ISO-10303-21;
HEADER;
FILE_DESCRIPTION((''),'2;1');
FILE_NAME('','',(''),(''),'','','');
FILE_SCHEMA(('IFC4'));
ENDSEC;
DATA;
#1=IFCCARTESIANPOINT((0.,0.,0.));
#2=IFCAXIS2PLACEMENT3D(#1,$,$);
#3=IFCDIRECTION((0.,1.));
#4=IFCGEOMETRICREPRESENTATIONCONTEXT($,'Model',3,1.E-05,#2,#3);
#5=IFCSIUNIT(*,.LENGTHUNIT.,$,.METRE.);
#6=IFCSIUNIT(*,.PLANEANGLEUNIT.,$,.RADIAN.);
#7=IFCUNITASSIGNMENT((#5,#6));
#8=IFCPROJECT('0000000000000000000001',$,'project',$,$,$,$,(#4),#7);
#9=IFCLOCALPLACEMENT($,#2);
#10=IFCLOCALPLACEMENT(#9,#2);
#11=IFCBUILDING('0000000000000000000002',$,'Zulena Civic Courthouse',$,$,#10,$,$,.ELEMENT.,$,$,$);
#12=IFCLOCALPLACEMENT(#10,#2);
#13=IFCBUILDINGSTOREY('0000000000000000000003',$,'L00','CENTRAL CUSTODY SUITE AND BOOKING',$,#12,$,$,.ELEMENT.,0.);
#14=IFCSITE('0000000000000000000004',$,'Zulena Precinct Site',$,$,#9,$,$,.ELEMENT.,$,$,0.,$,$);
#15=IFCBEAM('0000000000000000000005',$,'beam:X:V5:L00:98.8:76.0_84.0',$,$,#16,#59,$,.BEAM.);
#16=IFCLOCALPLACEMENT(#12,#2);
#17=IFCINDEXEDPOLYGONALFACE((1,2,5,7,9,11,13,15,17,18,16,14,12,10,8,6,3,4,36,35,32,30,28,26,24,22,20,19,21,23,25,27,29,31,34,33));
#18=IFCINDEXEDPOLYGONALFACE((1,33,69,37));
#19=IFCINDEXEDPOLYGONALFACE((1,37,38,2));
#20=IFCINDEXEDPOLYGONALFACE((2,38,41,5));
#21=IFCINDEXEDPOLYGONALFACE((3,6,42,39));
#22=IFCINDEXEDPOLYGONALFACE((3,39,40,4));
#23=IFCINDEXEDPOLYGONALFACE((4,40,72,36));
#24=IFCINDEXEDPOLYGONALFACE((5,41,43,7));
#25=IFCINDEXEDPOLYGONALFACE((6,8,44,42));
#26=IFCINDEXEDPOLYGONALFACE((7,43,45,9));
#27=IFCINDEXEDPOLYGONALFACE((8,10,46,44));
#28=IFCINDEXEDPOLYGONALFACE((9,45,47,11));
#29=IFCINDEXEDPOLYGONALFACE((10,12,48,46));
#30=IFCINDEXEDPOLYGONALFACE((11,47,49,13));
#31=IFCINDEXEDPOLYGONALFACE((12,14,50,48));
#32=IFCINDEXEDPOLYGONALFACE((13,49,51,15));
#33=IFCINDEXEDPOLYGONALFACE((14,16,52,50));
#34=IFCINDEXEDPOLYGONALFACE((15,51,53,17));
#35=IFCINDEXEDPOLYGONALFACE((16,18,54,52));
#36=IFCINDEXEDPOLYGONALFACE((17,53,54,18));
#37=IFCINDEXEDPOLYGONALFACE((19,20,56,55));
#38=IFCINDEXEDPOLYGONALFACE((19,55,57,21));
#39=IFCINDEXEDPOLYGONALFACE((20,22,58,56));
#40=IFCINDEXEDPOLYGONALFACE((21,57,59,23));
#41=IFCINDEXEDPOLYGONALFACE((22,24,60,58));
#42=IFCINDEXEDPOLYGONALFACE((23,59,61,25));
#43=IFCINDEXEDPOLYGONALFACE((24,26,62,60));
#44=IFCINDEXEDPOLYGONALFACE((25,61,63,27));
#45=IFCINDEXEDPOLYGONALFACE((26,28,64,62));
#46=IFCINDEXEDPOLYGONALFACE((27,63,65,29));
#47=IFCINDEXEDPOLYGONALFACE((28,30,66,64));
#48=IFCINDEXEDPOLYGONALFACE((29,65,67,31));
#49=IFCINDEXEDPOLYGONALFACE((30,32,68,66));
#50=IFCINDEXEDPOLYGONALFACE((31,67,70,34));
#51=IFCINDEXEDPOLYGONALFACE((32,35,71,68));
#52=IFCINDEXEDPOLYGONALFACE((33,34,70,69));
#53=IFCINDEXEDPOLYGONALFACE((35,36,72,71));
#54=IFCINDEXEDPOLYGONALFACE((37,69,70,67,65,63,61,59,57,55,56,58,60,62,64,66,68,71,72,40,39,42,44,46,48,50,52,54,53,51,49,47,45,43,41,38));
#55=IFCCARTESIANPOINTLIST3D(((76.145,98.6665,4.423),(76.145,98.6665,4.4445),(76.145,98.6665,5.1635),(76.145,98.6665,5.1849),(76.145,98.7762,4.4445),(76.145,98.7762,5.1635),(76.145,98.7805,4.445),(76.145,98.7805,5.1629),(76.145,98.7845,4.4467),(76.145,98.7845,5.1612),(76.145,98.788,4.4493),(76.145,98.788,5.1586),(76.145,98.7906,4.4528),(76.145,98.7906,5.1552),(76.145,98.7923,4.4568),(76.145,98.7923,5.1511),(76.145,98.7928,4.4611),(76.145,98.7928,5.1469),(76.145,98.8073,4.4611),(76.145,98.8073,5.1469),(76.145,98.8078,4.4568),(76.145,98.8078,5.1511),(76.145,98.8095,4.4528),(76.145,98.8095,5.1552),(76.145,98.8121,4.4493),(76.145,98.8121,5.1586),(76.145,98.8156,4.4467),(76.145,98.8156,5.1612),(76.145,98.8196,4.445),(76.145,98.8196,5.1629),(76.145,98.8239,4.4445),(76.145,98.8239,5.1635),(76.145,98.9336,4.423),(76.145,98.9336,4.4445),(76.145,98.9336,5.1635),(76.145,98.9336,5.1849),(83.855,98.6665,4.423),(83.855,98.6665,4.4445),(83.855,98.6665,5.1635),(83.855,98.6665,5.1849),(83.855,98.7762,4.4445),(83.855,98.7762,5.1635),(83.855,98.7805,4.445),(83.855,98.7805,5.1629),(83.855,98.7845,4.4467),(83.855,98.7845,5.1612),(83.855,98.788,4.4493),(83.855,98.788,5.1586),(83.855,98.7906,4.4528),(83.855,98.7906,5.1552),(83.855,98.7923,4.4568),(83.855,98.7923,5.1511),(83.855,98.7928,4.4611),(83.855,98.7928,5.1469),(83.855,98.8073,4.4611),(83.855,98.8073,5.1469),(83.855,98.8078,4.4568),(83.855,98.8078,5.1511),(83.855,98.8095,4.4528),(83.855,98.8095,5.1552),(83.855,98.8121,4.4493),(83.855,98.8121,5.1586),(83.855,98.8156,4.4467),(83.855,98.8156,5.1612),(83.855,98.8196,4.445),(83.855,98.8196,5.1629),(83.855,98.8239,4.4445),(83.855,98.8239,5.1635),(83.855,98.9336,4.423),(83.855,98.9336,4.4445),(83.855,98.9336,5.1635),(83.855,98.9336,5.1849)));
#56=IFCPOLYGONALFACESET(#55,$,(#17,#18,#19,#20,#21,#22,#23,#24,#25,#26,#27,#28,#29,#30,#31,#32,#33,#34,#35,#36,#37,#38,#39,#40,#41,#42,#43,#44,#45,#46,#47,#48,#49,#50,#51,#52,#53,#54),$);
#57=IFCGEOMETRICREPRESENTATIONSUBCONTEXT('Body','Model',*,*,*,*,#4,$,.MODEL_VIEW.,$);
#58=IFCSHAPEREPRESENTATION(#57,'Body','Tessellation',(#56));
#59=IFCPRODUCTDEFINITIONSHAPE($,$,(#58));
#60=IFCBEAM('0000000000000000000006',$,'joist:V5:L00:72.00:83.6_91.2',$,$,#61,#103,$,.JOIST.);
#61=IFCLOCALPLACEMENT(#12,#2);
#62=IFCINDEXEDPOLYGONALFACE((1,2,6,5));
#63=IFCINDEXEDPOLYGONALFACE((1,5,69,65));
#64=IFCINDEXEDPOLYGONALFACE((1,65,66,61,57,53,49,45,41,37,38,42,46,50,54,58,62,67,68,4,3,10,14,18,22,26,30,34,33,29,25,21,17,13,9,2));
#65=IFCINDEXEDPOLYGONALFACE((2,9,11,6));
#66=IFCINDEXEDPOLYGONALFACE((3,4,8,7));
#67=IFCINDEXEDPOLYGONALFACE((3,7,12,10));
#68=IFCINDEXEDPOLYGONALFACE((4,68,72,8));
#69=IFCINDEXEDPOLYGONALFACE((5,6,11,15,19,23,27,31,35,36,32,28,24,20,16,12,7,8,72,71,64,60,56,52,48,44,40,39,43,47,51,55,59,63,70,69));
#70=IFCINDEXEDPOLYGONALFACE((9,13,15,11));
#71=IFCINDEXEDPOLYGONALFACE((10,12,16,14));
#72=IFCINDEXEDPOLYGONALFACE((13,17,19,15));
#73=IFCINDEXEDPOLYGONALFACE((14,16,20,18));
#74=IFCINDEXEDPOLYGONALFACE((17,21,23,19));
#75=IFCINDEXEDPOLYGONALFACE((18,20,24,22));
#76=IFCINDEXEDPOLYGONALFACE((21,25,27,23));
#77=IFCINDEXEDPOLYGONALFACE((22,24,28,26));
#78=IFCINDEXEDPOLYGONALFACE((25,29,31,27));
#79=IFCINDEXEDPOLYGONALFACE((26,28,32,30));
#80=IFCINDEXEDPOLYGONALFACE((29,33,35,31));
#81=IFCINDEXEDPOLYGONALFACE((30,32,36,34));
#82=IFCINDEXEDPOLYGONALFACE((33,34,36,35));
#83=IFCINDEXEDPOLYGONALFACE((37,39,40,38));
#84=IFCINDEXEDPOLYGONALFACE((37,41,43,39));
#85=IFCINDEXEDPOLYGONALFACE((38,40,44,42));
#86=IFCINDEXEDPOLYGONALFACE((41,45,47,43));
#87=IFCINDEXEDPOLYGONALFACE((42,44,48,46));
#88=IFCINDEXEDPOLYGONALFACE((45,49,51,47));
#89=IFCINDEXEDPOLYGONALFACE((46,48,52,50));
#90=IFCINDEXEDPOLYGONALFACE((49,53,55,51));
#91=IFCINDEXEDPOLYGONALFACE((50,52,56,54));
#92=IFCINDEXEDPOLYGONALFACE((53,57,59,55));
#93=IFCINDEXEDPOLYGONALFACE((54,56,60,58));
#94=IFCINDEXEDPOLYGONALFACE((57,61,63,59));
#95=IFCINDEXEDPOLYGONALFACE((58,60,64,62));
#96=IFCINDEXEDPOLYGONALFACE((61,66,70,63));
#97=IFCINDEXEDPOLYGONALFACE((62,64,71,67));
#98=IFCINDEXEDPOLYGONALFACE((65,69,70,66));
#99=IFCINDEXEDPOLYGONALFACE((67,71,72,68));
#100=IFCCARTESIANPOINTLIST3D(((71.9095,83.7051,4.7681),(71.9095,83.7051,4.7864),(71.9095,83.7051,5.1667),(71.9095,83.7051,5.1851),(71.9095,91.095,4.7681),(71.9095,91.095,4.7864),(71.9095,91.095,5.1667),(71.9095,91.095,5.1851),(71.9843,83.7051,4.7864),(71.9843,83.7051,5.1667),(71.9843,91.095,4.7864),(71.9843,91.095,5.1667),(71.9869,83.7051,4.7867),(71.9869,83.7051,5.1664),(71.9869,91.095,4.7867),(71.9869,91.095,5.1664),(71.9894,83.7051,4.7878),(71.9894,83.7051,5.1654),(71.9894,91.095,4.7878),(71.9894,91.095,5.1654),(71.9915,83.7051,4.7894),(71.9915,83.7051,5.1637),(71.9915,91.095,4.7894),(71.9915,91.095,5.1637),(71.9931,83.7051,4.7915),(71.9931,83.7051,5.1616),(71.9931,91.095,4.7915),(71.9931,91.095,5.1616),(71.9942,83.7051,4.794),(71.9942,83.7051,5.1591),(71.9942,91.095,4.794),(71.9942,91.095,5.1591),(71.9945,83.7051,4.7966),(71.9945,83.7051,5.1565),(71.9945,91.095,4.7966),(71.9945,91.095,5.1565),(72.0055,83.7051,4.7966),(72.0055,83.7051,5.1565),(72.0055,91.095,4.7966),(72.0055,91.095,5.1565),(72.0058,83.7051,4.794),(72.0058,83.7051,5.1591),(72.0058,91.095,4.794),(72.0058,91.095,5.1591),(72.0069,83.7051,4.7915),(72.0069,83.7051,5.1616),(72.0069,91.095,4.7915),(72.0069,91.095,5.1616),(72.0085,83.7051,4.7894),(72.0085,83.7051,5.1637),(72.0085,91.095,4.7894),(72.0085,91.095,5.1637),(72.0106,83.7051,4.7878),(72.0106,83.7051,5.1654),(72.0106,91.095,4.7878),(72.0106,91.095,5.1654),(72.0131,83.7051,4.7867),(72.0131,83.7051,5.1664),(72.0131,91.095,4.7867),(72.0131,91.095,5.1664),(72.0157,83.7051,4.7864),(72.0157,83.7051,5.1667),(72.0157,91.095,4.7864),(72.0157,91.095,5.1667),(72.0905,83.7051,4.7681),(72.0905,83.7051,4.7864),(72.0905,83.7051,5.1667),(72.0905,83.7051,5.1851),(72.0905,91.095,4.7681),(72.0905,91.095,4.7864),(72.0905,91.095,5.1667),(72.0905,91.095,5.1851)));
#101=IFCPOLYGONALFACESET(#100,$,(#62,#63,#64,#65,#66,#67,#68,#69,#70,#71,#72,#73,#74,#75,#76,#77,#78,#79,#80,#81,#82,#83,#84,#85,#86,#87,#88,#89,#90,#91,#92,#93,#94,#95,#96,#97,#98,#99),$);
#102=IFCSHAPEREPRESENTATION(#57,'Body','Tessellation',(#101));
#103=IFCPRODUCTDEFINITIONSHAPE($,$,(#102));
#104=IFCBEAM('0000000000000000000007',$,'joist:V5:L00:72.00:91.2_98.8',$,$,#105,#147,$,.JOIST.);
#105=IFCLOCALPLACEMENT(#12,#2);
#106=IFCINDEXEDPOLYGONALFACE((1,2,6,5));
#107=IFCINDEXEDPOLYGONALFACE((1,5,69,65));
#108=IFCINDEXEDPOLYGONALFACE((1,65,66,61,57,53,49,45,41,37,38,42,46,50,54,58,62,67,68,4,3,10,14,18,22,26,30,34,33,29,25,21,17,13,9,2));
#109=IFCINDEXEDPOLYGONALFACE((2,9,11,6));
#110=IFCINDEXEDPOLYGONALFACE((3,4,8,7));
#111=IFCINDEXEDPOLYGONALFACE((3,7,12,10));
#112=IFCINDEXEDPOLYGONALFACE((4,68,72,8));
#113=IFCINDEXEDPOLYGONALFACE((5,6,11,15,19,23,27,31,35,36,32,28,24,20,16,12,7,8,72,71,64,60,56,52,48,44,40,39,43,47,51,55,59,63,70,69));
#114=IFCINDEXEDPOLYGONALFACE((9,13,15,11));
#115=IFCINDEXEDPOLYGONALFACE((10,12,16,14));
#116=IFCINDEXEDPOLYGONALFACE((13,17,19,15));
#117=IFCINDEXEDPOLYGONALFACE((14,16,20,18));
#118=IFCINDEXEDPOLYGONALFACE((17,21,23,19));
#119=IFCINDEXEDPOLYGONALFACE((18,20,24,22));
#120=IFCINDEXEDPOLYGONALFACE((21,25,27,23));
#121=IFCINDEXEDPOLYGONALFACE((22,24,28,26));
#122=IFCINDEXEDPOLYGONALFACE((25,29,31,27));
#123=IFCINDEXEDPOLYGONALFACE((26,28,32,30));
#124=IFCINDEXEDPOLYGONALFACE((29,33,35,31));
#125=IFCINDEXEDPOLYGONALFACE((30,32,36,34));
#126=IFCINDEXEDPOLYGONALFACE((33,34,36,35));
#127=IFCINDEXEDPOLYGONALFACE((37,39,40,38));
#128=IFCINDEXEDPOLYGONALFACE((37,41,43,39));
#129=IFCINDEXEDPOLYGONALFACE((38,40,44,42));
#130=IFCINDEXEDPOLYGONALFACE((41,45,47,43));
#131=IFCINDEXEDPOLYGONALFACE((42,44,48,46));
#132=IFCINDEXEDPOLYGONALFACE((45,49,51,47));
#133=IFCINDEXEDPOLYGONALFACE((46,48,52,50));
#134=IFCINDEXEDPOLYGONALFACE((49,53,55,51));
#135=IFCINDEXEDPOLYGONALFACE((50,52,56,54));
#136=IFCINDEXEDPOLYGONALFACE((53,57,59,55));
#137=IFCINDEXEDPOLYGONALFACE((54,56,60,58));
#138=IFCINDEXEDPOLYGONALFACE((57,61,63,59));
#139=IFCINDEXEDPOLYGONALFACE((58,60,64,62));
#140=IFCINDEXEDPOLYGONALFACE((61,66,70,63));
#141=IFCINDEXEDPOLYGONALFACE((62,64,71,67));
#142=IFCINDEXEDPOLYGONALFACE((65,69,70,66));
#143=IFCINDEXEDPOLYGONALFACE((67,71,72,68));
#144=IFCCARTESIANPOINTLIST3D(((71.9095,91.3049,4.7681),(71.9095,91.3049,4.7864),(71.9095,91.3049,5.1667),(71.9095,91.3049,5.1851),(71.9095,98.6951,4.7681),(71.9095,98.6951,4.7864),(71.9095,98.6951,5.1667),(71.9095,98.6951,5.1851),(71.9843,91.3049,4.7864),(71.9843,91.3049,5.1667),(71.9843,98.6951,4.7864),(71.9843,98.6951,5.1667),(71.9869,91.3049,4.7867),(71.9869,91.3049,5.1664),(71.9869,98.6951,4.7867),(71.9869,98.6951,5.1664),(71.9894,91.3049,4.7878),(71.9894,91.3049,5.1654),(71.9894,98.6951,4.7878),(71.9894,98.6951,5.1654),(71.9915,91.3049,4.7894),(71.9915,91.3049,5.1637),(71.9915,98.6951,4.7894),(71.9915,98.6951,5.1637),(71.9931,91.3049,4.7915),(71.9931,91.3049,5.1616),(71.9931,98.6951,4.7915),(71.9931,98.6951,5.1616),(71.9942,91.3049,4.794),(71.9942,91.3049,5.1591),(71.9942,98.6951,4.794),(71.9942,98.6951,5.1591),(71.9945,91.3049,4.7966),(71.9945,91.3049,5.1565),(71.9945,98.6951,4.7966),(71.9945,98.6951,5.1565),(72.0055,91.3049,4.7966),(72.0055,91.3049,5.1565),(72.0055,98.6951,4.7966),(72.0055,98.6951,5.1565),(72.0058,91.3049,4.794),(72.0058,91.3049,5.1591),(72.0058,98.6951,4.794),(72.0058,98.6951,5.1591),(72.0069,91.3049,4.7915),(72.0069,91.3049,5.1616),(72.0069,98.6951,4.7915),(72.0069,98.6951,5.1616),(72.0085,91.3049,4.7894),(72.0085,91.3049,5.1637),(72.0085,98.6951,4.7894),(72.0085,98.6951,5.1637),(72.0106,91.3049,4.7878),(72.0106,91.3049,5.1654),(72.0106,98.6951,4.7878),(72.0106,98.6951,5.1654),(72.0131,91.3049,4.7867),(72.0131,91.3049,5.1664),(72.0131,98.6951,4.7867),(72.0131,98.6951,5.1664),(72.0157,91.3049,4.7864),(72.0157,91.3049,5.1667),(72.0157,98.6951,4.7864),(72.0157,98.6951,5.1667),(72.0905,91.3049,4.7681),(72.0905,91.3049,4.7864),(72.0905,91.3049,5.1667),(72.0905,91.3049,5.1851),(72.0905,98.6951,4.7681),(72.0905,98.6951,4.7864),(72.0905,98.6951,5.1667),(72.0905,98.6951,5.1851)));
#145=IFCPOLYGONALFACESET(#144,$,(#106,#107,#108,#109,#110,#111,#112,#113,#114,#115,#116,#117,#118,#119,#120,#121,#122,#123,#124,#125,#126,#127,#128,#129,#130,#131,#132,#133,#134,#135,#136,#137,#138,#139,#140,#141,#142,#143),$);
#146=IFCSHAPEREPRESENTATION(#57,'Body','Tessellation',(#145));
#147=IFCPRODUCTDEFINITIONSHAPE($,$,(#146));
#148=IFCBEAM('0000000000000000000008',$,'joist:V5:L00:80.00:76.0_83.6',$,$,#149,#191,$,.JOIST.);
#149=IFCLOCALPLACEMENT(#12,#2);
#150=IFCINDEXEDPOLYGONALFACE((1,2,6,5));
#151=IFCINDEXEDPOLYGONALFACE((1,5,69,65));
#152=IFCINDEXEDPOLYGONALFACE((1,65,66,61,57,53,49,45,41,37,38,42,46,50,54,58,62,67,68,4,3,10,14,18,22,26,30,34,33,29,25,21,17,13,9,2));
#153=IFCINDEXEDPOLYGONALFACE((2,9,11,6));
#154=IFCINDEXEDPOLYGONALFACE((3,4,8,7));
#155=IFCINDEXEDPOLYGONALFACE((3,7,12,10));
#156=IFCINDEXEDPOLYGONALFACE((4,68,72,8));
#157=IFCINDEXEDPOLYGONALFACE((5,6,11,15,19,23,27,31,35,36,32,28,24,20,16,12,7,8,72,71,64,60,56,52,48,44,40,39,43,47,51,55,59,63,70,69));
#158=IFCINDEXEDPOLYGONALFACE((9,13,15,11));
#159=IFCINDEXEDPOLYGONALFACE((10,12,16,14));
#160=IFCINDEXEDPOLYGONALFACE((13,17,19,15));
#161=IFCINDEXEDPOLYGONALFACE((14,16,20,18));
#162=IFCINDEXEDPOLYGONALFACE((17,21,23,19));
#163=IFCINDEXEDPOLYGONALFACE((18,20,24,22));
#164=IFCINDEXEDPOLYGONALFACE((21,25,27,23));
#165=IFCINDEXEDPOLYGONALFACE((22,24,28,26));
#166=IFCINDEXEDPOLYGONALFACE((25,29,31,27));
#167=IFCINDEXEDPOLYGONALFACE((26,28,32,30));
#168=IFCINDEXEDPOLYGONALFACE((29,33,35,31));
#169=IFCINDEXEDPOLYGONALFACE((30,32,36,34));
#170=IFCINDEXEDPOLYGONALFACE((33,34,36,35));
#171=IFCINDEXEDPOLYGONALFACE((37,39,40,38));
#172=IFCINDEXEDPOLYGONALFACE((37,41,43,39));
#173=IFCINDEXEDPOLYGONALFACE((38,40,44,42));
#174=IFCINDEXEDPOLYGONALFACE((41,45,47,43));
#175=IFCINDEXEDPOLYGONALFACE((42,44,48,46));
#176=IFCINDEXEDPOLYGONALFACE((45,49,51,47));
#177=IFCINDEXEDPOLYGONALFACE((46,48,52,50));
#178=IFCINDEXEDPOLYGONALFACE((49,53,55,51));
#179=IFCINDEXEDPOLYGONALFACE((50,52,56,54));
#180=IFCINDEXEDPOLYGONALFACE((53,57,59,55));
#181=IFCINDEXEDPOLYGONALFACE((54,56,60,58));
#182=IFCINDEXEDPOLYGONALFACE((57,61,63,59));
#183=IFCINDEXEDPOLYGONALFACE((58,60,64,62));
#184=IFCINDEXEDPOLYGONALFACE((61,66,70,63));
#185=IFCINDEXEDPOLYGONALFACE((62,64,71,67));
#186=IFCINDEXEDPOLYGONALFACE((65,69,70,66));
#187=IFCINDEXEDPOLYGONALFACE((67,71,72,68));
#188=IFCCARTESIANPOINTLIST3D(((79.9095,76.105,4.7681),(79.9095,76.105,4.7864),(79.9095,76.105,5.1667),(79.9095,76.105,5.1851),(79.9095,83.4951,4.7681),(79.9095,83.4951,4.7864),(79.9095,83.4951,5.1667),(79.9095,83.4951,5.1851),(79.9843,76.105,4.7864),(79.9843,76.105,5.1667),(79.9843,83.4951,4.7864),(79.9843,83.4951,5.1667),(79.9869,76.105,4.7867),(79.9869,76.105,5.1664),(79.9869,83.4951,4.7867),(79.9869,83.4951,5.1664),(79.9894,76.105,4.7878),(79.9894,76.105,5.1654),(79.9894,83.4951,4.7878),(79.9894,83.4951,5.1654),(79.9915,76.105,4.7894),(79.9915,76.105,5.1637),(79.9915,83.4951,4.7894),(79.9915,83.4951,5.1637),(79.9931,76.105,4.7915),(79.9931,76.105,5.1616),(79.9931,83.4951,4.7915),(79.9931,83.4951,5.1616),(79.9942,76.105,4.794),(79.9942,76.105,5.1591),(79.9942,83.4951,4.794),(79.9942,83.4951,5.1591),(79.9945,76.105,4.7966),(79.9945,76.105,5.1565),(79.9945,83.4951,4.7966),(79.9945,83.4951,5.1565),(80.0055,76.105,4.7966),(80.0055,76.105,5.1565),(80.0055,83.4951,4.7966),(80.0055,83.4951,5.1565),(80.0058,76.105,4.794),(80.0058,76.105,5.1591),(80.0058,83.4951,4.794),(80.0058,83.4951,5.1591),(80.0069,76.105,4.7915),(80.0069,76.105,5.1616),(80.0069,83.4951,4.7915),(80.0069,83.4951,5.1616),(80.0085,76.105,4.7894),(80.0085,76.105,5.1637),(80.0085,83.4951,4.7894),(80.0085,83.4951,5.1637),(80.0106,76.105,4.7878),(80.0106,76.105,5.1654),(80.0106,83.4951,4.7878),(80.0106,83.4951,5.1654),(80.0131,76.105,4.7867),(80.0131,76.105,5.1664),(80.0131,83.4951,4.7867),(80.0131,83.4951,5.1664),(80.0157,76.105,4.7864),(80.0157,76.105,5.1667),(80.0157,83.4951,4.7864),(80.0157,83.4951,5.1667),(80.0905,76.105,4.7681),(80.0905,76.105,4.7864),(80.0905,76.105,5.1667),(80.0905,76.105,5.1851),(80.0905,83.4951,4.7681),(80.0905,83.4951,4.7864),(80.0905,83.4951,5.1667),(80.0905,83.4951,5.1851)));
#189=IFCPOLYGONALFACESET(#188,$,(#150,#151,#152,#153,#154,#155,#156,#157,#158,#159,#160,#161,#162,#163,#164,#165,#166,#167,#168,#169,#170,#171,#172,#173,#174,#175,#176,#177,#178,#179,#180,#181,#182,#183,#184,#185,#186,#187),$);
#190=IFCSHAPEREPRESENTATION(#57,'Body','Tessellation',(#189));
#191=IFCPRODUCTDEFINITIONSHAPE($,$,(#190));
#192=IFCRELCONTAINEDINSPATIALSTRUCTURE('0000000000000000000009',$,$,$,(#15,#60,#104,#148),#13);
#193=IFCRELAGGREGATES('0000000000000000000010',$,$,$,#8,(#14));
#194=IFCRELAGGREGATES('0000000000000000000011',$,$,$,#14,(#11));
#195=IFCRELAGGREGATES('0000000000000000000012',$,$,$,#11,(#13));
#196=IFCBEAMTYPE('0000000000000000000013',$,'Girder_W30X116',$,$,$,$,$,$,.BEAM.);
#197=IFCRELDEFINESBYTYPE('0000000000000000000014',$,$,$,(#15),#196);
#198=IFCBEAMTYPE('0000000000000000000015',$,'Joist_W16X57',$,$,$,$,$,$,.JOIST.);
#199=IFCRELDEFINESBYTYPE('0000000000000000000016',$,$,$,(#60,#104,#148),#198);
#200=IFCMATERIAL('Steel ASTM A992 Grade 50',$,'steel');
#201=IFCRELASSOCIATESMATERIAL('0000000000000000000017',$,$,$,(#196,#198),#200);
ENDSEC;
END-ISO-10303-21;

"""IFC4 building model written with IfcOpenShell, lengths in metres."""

from ifc_helpers import new_model, si_unit, direction, frame, origin, origin_2d, place, context, subcontext, project, spatial, i_section, extrude, material, material_profile, profile_set, type_object, element, save


model = new_model("IFC4")

# Units and contexts
model_context = context("Model", 3, precision=1e-05, world=origin(), true_north=direction((0.0, 1.0)))
body_context = subcontext(model_context, "Body", "Model", "MODEL_VIEW")
ifc_project = project(units=[si_unit("LENGTHUNIT", "METRE"), si_unit("PLANEANGLEUNIT", "RADIAN")], contexts=[model_context])

# Site, building, storey
site_placement = place(None, origin())
site = spatial("IfcSite", under=ifc_project, at=site_placement, Name="Zulena Precinct Site", CompositionType="ELEMENT", RefElevation=0.0)
building_placement = place(site_placement, origin())
building = spatial("IfcBuilding", under=site, at=building_placement, Name="Zulena Civic Courthouse", CompositionType="ELEMENT")
storey_placement = place(building_placement, origin())
storey = spatial("IfcBuildingStorey", under=building, at=storey_placement, Name="L00", Description="CENTRAL CUSTODY SUITE AND BOOKING", CompositionType="ELEMENT", Elevation=0.0)

# Shared definitions
ifc_material_1 = material(Name="Steel ASTM A992 Grade 50", Category="steel")

# Beams
ifc_material_profile_1 = material_profile(ifc_material_1, i_section(OverallWidth=0.2671, OverallDepth=0.762, WebThickness=0.0144, FlangeThickness=0.0215, FilletRadius=0.0166, at=origin_2d()), Name="W30X116")
ifc_profile_set_1 = profile_set([ifc_material_profile_1], Name="Steel ASTM A992 Grade 50")
beam_type_1 = type_object("IfcBeamType", Name="Girder_W30X116", PredefinedType="BEAM", material=ifc_profile_set_1)
for number, where, z_axis, x_axis, name in (
    (1, (76.145, 98.8, 4.804), (1.0, 0.0, 0.0), (0.0, 1.0, 0.0), "beam:X:V5:L00:98.8:76.0_84.0"),
):
    element("IfcBeam", number, at=place(storey_placement, frame(where, z_axis=z_axis, x_axis=x_axis)), inside=storey, type_object=beam_type_1, Name=name, PredefinedType="BEAM", context=body_context, shape_type="SweptSolid", body=[
        extrude(i_section(OverallWidth=0.2671, OverallDepth=0.762, WebThickness=0.0144, FlangeThickness=0.0215, FilletRadius=0.0166, at=origin_2d()), origin(), (0.0, 0.0, 1.0), 7.71),
    ])
ifc_material_profile_2 = material_profile(ifc_material_1, i_section(OverallWidth=0.1809, OverallDepth=0.417, WebThickness=0.011, FlangeThickness=0.0183, FilletRadius=0.0103, at=origin_2d()), Name="W16X57")
ifc_profile_set_2 = profile_set([ifc_material_profile_2], Name="Steel ASTM A992 Grade 50")
beam_type_2 = type_object("IfcBeamType", Name="Joist_W16X57", PredefinedType="JOIST", material=ifc_profile_set_2)
beam_1_placement = place(storey_placement, frame((72.0, 83.7051, 4.9766), z_axis=(0.0, 1.0, 0.0), x_axis=(-1.0, 0.0, 0.0)))
element("IfcBeam", 2, at=beam_1_placement, inside=storey, type_object=beam_type_2, Name="joist:V5:L00:72.00:83.6_91.2", PredefinedType="JOIST", context=body_context, shape_type="SweptSolid", body=[
    extrude(i_section(OverallWidth=0.1809, OverallDepth=0.417, WebThickness=0.011, FlangeThickness=0.0183, FilletRadius=0.0103, at=origin_2d()), origin(), (0.0, 0.0, 1.0), 7.3899),
])
for number, where, z_axis, x_axis, name in (
    (3, (72.0, 91.3049, 4.9766), (0.0, 1.0, 0.0), (-1.0, 0.0, 0.0), "joist:V5:L00:72.00:91.2_98.8"),
    (4, (80.0, 76.105, 4.9766), (0.0, 1.0, 0.0), (-1.0, 0.0, 0.0), "joist:V5:L00:80.00:76.0_83.6"),
):
    element("IfcBeam", number, at=place(storey_placement, frame(where, z_axis=z_axis, x_axis=x_axis)), inside=storey, type_object=beam_type_2, Name=name, PredefinedType="JOIST", context=body_context, shape_type="SweptSolid", body=[
        extrude(i_section(OverallWidth=0.1809, OverallDepth=0.417, WebThickness=0.011, FlangeThickness=0.0183, FilletRadius=0.0103, at=origin_2d()), origin(), (0.0, 0.0, 1.0), 7.3901),
    ])

save(model, "model.ifc")
